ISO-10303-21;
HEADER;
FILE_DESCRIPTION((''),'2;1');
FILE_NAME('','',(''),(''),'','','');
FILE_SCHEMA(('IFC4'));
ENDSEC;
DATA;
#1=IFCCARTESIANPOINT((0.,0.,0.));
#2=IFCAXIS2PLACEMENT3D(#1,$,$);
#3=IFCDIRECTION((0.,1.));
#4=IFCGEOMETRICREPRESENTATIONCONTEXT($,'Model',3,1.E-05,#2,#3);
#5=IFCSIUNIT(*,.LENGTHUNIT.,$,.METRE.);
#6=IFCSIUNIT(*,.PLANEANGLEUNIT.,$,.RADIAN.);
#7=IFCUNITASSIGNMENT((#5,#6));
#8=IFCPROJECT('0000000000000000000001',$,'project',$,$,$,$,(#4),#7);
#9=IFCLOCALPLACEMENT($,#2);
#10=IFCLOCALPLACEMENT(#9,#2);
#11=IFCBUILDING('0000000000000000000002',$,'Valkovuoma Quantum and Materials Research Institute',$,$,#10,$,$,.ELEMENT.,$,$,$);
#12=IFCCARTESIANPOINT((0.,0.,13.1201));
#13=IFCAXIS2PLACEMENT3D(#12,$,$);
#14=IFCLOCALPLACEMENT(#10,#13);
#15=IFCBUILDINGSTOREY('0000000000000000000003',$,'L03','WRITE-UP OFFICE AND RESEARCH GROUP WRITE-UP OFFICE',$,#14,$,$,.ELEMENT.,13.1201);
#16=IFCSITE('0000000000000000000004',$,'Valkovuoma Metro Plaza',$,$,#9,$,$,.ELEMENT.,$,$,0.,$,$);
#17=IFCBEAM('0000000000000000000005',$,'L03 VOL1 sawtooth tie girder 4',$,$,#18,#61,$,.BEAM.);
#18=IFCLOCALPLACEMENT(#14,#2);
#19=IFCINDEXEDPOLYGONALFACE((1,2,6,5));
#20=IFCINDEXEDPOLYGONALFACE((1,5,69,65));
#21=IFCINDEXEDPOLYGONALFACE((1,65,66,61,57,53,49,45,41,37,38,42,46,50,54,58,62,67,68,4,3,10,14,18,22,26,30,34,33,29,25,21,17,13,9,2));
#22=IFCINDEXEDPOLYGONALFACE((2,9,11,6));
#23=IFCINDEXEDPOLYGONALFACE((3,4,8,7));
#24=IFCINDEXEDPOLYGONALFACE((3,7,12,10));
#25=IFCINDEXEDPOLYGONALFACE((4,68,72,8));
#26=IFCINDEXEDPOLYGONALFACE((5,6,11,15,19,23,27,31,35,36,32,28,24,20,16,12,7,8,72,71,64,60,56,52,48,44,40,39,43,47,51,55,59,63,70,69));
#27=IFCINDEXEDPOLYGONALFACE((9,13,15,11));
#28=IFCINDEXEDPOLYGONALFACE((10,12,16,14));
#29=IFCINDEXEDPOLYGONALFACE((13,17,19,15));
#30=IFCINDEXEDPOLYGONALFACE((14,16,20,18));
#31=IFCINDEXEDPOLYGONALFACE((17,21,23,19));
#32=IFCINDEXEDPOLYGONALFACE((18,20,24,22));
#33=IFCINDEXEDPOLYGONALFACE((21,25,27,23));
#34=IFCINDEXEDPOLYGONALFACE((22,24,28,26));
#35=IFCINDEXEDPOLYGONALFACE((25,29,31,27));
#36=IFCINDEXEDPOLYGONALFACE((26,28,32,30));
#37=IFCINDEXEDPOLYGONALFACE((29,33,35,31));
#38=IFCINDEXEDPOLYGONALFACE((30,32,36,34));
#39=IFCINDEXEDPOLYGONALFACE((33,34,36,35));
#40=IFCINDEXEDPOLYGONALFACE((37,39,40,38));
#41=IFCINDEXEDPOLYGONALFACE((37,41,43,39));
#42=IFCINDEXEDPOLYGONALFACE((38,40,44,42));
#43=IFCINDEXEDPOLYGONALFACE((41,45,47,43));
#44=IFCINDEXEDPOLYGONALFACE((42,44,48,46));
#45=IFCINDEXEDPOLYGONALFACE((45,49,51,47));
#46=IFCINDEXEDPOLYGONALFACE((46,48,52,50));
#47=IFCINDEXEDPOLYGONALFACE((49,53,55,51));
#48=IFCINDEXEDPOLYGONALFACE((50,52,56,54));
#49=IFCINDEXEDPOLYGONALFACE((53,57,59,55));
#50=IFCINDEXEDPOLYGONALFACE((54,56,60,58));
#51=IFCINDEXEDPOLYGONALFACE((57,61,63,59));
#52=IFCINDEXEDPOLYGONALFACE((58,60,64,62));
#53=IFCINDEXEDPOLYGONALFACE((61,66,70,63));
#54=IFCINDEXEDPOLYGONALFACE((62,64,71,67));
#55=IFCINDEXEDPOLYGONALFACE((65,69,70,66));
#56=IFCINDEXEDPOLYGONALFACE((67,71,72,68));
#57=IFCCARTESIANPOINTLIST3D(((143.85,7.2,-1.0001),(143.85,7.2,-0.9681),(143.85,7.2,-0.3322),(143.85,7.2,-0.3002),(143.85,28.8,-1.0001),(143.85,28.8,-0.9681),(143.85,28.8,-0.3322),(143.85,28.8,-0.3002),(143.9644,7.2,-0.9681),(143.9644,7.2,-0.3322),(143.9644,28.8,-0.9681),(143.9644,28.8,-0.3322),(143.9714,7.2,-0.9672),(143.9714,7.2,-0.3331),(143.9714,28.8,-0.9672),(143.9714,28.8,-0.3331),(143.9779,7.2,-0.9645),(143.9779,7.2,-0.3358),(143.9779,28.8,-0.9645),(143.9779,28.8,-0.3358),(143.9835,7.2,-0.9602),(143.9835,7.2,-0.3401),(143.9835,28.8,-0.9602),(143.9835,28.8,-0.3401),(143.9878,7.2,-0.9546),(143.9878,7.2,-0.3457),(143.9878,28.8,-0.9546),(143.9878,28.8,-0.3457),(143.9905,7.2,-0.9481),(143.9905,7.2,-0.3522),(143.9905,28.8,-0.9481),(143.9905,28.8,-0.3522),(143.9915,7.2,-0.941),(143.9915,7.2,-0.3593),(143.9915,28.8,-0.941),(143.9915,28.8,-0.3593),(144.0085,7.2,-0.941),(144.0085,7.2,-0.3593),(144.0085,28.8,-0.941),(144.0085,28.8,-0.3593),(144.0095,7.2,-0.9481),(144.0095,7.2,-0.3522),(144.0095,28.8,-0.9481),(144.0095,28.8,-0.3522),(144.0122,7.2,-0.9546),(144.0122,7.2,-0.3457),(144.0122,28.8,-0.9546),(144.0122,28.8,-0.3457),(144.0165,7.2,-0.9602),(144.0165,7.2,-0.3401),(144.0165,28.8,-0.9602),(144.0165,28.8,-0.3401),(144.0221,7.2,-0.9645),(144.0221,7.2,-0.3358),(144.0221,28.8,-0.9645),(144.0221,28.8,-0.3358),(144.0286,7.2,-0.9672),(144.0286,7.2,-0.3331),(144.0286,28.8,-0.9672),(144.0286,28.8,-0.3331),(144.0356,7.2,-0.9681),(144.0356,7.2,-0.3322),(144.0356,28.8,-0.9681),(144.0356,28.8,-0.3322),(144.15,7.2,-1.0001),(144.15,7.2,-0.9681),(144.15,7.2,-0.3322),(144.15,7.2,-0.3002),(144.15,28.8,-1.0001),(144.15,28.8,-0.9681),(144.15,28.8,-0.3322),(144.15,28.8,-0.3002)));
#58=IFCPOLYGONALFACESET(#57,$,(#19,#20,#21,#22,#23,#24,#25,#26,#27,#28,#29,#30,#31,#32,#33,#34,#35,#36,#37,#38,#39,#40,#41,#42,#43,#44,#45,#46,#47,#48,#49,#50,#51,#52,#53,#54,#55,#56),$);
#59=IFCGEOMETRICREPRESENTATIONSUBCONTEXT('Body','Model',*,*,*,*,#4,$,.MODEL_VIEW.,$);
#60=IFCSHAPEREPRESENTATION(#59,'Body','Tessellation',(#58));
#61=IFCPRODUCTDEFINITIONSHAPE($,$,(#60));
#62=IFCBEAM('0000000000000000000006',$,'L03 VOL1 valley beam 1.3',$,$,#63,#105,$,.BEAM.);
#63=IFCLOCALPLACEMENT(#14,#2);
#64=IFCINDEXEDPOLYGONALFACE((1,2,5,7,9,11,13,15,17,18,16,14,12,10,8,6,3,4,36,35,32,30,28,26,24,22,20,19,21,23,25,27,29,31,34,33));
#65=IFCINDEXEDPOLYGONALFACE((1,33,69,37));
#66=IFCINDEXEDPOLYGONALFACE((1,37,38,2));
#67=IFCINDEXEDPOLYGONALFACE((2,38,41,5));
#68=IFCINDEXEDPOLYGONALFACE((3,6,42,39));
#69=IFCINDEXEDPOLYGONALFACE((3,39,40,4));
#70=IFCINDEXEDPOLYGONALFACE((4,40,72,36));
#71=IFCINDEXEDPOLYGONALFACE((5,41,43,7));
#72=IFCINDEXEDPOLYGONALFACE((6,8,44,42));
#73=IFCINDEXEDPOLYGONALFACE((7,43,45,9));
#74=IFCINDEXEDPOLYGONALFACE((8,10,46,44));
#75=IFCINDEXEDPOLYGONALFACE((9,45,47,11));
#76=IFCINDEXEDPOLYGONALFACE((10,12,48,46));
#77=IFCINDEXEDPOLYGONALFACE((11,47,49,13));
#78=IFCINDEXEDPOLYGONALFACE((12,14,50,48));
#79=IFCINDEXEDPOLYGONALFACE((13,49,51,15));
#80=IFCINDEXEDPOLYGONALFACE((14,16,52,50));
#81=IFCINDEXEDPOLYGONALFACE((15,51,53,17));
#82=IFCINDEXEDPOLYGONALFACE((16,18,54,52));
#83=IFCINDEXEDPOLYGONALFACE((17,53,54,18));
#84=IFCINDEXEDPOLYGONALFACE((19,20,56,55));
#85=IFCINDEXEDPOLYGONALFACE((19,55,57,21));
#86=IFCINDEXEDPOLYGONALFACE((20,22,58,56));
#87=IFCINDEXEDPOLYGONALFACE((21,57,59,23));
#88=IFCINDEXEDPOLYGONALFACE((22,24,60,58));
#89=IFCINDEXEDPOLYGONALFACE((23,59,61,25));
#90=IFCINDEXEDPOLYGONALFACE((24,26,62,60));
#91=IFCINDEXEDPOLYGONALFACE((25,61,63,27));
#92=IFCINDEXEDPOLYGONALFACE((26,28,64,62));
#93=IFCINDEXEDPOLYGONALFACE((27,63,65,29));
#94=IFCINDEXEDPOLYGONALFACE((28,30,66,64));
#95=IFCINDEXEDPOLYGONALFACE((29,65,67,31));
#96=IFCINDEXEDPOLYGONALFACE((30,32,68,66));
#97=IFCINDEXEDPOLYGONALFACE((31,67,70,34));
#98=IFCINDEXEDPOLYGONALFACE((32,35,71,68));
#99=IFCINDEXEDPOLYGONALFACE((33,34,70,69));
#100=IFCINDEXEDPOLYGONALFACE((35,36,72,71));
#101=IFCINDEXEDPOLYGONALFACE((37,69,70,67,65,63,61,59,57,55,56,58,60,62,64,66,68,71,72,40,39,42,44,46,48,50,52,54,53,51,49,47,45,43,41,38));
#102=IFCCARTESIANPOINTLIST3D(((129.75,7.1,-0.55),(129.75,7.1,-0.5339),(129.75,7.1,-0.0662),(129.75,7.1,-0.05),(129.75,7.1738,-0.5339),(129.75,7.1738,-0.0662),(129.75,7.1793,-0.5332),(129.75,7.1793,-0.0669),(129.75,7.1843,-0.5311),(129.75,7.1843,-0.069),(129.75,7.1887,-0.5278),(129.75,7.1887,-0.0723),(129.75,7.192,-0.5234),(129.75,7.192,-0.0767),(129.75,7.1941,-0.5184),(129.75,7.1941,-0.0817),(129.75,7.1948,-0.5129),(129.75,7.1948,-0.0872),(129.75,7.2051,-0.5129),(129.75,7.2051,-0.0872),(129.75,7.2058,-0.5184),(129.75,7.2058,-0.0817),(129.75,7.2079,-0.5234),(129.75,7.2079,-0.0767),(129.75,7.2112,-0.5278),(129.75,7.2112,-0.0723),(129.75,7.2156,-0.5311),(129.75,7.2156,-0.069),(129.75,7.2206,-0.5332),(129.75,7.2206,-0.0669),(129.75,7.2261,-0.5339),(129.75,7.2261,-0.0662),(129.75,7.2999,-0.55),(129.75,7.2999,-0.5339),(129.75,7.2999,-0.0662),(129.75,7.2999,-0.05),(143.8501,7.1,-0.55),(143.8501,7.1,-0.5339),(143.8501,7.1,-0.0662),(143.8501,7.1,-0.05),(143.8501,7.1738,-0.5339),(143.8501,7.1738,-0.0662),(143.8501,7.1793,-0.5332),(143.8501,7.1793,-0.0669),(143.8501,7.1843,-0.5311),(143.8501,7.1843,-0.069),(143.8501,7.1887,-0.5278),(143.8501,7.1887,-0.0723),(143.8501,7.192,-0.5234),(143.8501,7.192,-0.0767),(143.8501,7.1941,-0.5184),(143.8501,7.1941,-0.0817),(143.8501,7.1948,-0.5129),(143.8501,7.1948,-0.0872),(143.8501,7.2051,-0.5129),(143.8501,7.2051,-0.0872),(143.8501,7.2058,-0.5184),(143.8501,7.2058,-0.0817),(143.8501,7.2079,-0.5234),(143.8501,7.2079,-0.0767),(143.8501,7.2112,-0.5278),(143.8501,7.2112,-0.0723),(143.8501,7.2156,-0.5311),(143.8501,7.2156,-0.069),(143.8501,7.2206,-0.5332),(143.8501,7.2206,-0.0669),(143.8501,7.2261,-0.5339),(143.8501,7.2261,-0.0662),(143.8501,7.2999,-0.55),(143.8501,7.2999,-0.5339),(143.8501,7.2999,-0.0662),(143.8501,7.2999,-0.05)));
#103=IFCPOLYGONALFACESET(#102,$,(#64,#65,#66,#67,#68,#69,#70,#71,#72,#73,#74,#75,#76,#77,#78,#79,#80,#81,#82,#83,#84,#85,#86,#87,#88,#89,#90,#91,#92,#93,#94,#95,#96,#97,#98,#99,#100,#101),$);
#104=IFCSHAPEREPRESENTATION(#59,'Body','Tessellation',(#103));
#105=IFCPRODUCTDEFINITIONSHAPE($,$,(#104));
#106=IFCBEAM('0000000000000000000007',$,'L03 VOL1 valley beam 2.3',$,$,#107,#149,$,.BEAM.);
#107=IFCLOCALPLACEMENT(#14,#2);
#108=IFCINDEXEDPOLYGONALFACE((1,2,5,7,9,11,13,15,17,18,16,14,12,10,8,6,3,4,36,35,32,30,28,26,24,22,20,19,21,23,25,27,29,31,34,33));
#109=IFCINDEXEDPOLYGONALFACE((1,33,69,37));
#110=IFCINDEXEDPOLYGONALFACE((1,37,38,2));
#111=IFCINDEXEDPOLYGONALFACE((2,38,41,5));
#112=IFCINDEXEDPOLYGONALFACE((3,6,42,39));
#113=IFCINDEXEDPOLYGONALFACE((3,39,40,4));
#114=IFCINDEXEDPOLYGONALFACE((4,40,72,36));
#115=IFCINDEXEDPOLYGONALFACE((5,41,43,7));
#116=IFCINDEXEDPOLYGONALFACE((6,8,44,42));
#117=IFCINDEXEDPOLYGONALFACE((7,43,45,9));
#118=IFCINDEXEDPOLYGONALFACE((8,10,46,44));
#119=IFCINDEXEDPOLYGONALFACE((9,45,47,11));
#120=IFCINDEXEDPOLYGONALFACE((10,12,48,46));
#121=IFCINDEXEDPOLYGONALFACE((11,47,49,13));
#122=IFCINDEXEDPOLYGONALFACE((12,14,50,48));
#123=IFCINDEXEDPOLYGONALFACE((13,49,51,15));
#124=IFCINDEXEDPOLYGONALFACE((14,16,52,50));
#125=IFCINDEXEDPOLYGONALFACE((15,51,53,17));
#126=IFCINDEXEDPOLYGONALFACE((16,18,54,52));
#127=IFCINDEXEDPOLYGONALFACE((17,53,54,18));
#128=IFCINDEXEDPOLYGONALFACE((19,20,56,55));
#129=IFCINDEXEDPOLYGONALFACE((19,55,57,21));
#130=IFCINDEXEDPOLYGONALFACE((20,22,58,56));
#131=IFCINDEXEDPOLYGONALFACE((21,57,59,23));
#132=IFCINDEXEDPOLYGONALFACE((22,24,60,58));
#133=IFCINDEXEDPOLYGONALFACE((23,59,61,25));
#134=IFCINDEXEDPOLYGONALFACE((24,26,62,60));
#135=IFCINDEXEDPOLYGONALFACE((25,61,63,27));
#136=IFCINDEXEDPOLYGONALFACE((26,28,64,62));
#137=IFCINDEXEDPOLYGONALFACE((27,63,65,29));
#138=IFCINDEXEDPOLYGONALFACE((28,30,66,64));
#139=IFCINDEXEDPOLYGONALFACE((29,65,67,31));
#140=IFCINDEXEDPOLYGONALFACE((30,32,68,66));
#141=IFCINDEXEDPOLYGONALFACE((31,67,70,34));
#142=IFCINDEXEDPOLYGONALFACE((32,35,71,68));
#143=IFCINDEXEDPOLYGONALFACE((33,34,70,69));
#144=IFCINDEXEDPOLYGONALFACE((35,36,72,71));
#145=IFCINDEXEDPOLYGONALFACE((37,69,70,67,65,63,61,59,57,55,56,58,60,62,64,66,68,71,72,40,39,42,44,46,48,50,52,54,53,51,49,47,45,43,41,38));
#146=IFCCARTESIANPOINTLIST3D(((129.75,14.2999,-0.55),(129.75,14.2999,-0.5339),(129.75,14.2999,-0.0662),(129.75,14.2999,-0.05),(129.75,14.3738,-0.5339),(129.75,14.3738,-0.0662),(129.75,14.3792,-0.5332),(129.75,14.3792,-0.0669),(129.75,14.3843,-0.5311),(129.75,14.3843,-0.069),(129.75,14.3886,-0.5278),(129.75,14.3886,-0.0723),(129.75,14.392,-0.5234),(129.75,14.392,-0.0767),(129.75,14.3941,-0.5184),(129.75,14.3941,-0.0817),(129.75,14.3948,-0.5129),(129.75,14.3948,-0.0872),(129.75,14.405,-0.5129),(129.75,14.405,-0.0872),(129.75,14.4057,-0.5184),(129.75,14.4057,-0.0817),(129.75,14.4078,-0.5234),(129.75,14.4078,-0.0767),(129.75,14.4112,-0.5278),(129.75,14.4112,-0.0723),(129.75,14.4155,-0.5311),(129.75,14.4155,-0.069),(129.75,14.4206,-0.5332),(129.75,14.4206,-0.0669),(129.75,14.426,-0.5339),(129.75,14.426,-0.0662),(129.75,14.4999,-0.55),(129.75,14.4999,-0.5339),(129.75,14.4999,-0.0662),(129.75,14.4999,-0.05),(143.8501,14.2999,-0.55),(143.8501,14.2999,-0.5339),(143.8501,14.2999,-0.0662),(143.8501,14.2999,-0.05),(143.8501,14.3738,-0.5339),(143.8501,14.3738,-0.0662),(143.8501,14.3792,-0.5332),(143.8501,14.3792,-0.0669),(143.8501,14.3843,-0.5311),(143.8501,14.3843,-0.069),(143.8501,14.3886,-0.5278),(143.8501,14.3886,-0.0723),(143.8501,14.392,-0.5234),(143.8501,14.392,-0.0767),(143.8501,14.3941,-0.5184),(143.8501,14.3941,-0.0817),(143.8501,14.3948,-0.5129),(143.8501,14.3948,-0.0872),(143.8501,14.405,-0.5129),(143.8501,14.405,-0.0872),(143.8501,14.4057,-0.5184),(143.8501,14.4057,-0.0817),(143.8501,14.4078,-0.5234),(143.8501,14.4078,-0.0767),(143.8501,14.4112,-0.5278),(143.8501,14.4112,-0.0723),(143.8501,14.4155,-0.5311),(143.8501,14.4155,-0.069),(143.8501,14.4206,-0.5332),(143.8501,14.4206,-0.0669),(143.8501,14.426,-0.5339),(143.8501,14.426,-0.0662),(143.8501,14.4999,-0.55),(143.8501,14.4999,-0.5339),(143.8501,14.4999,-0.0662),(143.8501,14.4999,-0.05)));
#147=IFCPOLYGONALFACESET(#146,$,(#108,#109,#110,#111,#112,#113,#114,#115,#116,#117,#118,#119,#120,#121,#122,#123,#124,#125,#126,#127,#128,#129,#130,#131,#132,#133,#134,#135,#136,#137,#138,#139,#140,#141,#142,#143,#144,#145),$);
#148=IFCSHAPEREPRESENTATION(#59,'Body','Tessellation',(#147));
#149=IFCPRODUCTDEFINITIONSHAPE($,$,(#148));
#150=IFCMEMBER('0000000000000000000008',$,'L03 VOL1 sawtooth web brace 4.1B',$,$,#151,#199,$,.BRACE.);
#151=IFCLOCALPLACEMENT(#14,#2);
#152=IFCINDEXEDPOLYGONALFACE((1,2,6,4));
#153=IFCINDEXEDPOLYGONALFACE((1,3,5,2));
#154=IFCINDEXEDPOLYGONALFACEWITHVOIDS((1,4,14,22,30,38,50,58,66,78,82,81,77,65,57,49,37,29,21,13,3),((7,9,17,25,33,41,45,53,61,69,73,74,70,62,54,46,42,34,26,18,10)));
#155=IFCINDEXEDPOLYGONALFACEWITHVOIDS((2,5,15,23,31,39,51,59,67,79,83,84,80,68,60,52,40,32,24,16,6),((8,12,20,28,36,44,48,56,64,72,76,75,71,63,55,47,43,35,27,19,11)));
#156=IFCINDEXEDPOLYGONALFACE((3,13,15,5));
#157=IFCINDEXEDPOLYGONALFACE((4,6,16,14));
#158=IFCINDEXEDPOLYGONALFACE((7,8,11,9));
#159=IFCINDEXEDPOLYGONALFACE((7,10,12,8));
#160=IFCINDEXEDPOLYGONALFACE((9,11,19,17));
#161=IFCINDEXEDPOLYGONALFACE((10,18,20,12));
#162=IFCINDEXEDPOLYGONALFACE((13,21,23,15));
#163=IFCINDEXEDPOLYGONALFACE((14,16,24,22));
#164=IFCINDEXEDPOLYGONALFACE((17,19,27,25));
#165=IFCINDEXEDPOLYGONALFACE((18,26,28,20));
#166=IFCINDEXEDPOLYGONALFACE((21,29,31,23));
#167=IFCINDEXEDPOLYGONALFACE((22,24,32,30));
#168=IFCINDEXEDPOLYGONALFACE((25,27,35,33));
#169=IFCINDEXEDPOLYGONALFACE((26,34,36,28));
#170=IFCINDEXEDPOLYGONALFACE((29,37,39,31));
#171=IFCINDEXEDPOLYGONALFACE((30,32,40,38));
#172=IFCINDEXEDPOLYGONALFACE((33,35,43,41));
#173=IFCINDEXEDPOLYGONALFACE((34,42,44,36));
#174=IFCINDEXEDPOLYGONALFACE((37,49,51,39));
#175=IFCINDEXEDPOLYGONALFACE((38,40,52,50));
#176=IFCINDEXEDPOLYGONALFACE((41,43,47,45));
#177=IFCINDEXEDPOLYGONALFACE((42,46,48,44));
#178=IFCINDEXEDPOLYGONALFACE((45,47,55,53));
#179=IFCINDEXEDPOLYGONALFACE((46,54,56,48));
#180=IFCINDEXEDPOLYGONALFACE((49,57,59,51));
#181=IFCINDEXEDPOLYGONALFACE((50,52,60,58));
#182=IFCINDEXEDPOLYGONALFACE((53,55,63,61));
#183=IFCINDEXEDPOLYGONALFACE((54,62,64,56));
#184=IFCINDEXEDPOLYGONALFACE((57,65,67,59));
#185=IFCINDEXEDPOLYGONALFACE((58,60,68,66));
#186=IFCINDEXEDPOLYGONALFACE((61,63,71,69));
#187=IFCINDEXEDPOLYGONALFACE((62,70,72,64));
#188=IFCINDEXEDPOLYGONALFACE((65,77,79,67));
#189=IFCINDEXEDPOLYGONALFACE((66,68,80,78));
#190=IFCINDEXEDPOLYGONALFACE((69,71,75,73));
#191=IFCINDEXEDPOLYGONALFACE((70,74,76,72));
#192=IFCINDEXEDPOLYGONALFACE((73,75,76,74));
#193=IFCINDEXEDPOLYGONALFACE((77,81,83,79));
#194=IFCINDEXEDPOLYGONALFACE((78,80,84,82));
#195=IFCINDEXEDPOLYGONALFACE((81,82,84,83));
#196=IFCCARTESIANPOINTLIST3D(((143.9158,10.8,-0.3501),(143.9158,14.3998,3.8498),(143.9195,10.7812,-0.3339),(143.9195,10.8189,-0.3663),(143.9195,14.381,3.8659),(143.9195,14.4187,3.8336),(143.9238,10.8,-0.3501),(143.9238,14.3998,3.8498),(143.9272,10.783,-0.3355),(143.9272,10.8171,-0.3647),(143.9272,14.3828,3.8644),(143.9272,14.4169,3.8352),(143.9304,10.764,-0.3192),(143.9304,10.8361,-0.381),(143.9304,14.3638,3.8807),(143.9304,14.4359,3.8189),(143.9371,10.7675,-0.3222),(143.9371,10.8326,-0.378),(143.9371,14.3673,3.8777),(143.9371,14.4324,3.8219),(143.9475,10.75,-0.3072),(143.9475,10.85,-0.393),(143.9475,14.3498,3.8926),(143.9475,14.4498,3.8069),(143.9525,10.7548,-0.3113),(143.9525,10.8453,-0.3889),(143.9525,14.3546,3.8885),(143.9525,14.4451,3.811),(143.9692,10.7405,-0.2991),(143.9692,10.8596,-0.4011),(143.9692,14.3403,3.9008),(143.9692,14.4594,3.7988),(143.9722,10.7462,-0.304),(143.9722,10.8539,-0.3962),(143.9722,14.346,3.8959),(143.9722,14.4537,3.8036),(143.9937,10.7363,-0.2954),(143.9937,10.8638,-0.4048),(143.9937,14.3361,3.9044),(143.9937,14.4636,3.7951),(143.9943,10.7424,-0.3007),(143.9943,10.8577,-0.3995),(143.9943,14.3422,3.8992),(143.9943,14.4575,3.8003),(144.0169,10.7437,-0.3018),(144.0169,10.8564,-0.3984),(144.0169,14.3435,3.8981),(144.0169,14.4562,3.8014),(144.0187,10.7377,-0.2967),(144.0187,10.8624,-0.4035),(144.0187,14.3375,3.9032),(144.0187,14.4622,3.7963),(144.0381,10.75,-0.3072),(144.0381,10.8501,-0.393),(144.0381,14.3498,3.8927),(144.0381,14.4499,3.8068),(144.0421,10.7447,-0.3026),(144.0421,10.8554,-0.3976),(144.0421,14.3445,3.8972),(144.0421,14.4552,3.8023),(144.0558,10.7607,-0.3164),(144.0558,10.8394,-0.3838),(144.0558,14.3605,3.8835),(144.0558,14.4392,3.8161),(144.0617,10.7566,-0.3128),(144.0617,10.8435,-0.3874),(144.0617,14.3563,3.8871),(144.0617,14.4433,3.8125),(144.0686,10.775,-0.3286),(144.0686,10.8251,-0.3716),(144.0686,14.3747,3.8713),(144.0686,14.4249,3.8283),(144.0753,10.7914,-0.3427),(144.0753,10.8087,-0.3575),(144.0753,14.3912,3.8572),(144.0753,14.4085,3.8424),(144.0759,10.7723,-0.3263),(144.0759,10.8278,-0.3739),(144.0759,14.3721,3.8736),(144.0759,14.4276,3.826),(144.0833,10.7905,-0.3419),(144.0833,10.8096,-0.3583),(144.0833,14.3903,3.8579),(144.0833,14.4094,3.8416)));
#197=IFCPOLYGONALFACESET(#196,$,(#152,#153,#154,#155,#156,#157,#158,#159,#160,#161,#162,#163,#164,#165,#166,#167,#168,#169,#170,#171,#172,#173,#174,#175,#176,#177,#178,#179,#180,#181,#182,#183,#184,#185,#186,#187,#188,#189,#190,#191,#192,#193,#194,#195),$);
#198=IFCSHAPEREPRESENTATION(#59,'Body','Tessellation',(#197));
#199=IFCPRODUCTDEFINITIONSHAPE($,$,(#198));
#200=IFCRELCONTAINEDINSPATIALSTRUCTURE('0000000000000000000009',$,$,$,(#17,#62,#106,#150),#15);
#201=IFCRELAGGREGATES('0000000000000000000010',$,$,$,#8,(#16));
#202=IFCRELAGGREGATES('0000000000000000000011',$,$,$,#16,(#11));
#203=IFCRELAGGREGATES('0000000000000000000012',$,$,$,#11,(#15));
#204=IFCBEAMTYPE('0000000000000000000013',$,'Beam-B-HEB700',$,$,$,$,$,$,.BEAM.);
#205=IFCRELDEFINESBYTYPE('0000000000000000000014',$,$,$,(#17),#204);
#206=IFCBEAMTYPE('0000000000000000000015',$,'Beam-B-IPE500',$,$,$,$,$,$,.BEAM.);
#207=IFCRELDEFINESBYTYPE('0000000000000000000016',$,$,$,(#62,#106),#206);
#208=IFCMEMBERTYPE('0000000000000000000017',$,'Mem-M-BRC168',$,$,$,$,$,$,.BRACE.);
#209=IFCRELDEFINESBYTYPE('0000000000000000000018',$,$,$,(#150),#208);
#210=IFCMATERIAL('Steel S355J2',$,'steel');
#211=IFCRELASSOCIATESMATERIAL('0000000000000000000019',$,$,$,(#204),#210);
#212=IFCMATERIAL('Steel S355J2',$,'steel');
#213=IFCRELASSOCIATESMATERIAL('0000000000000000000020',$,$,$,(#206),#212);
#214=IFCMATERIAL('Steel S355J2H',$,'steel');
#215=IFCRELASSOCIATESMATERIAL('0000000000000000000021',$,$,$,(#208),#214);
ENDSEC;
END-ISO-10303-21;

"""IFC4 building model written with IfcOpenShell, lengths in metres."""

from ifc_helpers import new_model, si_unit, direction, frame, origin, origin_2d, place, context, subcontext, project, spatial, hollow_circle, i_section, extrude, material, material_profile, profile_set, type_object, element, save


model = new_model("IFC4")

# Units and contexts
model_context = context("Model", 3, precision=1e-05, world=origin(), true_north=direction((0.0, 1.0)))
body_context = subcontext(model_context, "Body", "Model", "MODEL_VIEW")
ifc_project = project(units=[si_unit("LENGTHUNIT", "METRE"), si_unit("PLANEANGLEUNIT", "RADIAN")], contexts=[model_context])

# Site, building, storey
site_placement = place(None, origin())
site = spatial("IfcSite", under=ifc_project, at=site_placement, Name="Valkovuoma Metro Plaza", CompositionType="ELEMENT", RefElevation=0.0)
building_placement = place(site_placement, origin())
building = spatial("IfcBuilding", under=site, at=building_placement, Name="Valkovuoma Quantum and Materials Research Institute", CompositionType="ELEMENT")
storey_placement = place(building_placement, frame((0.0, 0.0, 13.1201)))
storey = spatial("IfcBuildingStorey", under=building, at=storey_placement, Name="L03", Description="WRITE-UP OFFICE AND RESEARCH GROUP WRITE-UP OFFICE", CompositionType="ELEMENT", Elevation=13.1201)

# Beams
ifc_material_1 = material(Name="Steel S355J2", Category="steel")
ifc_material_profile_1 = material_profile(ifc_material_1, i_section(OverallWidth=0.3, OverallDepth=0.7, WebThickness=0.0171, FlangeThickness=0.032, FilletRadius=0.0271, at=origin_2d()), Name="Steel S355J2")
ifc_profile_set_1 = profile_set([ifc_material_profile_1], Name="Steel S355J2")
beam_type_1 = type_object("IfcBeamType", Name="Beam-B-HEB700", PredefinedType="BEAM", material=ifc_profile_set_1)
beam_placement = place(storey_placement, frame((144.0, 7.2, -0.6501), z_axis=(0.0, 1.0, 0.0), x_axis=(-1.0, 0.0, 0.0)))
element("IfcBeam", 1, at=beam_placement, inside=storey, type_object=beam_type_1, Name="L03 VOL1 sawtooth tie girder 4", PredefinedType="BEAM", context=body_context, shape_type="SweptSolid", body=[
    extrude(i_section(OverallWidth=0.3, OverallDepth=0.7, WebThickness=0.0171, FlangeThickness=0.032, FilletRadius=0.0271, at=origin_2d()), origin(), (0.0, 0.0, 1.0), 21.6001),
])
ifc_material_2 = material(Name="Steel S355J2", Category="steel")
ifc_material_profile_2 = material_profile(ifc_material_2, i_section(OverallWidth=0.2, OverallDepth=0.5, WebThickness=0.0103, FlangeThickness=0.0161, FilletRadius=0.021, at=origin_2d()), Name="Steel S355J2")
ifc_profile_set_2 = profile_set([ifc_material_profile_2], Name="Steel S355J2")
beam_type_2 = type_object("IfcBeamType", Name="Beam-B-IPE500", PredefinedType="BEAM", material=ifc_profile_set_2)
for number, where, z_axis, x_axis, name in (
    (2, (129.75, 7.2, -0.3), (1.0, 0.0, 0.0), (0.0, 1.0, 0.0), "L03 VOL1 valley beam 1.3"),
    (3, (129.75, 14.3999, -0.3), (1.0, 0.0, 0.0), (0.0, 1.0, 0.0), "L03 VOL1 valley beam 2.3"),
):
    element("IfcBeam", number, at=place(storey_placement, frame(where, z_axis=z_axis, x_axis=x_axis)), inside=storey, type_object=beam_type_2, Name=name, PredefinedType="BEAM", context=body_context, shape_type="SweptSolid", body=[
        extrude(i_section(OverallWidth=0.2, OverallDepth=0.5, WebThickness=0.0103, FlangeThickness=0.0161, FilletRadius=0.021, at=origin_2d()), origin(), (0.0, 0.0, 1.0), 14.1001),
    ])

# Member
ifc_material_3 = material(Name="Steel S355J2H", Category="steel")
ifc_material_profile_3 = material_profile(ifc_material_3, hollow_circle(Radius=0.0842, WallThickness=0.0081, at=origin_2d()), Name="Steel S355J2H")
ifc_profile_set_3 = profile_set([ifc_material_profile_3], Name="Steel S355J2H")
member_type_1 = type_object("IfcMemberType", Name="Mem-M-BRC168", PredefinedType="BRACE", material=ifc_profile_set_3)
member_1_placement = place(storey_placement, frame((144.0, 10.8, -0.3501), z_axis=(0.0, 0.65078, 0.759266), x_axis=(-1.0, 0.0, 0.0)))
element("IfcMember", 4, at=member_1_placement, inside=storey, type_object=member_type_1, Name="L03 VOL1 sawtooth web brace 4.1B", PredefinedType="BRACE", context=body_context, shape_type="SweptSolid", body=[
    extrude(hollow_circle(Radius=0.0842, WallThickness=0.0081, at=origin_2d()), origin(), (0.0, 0.0, 1.0), 5.5315),
])

save(model, "model.ifc")
